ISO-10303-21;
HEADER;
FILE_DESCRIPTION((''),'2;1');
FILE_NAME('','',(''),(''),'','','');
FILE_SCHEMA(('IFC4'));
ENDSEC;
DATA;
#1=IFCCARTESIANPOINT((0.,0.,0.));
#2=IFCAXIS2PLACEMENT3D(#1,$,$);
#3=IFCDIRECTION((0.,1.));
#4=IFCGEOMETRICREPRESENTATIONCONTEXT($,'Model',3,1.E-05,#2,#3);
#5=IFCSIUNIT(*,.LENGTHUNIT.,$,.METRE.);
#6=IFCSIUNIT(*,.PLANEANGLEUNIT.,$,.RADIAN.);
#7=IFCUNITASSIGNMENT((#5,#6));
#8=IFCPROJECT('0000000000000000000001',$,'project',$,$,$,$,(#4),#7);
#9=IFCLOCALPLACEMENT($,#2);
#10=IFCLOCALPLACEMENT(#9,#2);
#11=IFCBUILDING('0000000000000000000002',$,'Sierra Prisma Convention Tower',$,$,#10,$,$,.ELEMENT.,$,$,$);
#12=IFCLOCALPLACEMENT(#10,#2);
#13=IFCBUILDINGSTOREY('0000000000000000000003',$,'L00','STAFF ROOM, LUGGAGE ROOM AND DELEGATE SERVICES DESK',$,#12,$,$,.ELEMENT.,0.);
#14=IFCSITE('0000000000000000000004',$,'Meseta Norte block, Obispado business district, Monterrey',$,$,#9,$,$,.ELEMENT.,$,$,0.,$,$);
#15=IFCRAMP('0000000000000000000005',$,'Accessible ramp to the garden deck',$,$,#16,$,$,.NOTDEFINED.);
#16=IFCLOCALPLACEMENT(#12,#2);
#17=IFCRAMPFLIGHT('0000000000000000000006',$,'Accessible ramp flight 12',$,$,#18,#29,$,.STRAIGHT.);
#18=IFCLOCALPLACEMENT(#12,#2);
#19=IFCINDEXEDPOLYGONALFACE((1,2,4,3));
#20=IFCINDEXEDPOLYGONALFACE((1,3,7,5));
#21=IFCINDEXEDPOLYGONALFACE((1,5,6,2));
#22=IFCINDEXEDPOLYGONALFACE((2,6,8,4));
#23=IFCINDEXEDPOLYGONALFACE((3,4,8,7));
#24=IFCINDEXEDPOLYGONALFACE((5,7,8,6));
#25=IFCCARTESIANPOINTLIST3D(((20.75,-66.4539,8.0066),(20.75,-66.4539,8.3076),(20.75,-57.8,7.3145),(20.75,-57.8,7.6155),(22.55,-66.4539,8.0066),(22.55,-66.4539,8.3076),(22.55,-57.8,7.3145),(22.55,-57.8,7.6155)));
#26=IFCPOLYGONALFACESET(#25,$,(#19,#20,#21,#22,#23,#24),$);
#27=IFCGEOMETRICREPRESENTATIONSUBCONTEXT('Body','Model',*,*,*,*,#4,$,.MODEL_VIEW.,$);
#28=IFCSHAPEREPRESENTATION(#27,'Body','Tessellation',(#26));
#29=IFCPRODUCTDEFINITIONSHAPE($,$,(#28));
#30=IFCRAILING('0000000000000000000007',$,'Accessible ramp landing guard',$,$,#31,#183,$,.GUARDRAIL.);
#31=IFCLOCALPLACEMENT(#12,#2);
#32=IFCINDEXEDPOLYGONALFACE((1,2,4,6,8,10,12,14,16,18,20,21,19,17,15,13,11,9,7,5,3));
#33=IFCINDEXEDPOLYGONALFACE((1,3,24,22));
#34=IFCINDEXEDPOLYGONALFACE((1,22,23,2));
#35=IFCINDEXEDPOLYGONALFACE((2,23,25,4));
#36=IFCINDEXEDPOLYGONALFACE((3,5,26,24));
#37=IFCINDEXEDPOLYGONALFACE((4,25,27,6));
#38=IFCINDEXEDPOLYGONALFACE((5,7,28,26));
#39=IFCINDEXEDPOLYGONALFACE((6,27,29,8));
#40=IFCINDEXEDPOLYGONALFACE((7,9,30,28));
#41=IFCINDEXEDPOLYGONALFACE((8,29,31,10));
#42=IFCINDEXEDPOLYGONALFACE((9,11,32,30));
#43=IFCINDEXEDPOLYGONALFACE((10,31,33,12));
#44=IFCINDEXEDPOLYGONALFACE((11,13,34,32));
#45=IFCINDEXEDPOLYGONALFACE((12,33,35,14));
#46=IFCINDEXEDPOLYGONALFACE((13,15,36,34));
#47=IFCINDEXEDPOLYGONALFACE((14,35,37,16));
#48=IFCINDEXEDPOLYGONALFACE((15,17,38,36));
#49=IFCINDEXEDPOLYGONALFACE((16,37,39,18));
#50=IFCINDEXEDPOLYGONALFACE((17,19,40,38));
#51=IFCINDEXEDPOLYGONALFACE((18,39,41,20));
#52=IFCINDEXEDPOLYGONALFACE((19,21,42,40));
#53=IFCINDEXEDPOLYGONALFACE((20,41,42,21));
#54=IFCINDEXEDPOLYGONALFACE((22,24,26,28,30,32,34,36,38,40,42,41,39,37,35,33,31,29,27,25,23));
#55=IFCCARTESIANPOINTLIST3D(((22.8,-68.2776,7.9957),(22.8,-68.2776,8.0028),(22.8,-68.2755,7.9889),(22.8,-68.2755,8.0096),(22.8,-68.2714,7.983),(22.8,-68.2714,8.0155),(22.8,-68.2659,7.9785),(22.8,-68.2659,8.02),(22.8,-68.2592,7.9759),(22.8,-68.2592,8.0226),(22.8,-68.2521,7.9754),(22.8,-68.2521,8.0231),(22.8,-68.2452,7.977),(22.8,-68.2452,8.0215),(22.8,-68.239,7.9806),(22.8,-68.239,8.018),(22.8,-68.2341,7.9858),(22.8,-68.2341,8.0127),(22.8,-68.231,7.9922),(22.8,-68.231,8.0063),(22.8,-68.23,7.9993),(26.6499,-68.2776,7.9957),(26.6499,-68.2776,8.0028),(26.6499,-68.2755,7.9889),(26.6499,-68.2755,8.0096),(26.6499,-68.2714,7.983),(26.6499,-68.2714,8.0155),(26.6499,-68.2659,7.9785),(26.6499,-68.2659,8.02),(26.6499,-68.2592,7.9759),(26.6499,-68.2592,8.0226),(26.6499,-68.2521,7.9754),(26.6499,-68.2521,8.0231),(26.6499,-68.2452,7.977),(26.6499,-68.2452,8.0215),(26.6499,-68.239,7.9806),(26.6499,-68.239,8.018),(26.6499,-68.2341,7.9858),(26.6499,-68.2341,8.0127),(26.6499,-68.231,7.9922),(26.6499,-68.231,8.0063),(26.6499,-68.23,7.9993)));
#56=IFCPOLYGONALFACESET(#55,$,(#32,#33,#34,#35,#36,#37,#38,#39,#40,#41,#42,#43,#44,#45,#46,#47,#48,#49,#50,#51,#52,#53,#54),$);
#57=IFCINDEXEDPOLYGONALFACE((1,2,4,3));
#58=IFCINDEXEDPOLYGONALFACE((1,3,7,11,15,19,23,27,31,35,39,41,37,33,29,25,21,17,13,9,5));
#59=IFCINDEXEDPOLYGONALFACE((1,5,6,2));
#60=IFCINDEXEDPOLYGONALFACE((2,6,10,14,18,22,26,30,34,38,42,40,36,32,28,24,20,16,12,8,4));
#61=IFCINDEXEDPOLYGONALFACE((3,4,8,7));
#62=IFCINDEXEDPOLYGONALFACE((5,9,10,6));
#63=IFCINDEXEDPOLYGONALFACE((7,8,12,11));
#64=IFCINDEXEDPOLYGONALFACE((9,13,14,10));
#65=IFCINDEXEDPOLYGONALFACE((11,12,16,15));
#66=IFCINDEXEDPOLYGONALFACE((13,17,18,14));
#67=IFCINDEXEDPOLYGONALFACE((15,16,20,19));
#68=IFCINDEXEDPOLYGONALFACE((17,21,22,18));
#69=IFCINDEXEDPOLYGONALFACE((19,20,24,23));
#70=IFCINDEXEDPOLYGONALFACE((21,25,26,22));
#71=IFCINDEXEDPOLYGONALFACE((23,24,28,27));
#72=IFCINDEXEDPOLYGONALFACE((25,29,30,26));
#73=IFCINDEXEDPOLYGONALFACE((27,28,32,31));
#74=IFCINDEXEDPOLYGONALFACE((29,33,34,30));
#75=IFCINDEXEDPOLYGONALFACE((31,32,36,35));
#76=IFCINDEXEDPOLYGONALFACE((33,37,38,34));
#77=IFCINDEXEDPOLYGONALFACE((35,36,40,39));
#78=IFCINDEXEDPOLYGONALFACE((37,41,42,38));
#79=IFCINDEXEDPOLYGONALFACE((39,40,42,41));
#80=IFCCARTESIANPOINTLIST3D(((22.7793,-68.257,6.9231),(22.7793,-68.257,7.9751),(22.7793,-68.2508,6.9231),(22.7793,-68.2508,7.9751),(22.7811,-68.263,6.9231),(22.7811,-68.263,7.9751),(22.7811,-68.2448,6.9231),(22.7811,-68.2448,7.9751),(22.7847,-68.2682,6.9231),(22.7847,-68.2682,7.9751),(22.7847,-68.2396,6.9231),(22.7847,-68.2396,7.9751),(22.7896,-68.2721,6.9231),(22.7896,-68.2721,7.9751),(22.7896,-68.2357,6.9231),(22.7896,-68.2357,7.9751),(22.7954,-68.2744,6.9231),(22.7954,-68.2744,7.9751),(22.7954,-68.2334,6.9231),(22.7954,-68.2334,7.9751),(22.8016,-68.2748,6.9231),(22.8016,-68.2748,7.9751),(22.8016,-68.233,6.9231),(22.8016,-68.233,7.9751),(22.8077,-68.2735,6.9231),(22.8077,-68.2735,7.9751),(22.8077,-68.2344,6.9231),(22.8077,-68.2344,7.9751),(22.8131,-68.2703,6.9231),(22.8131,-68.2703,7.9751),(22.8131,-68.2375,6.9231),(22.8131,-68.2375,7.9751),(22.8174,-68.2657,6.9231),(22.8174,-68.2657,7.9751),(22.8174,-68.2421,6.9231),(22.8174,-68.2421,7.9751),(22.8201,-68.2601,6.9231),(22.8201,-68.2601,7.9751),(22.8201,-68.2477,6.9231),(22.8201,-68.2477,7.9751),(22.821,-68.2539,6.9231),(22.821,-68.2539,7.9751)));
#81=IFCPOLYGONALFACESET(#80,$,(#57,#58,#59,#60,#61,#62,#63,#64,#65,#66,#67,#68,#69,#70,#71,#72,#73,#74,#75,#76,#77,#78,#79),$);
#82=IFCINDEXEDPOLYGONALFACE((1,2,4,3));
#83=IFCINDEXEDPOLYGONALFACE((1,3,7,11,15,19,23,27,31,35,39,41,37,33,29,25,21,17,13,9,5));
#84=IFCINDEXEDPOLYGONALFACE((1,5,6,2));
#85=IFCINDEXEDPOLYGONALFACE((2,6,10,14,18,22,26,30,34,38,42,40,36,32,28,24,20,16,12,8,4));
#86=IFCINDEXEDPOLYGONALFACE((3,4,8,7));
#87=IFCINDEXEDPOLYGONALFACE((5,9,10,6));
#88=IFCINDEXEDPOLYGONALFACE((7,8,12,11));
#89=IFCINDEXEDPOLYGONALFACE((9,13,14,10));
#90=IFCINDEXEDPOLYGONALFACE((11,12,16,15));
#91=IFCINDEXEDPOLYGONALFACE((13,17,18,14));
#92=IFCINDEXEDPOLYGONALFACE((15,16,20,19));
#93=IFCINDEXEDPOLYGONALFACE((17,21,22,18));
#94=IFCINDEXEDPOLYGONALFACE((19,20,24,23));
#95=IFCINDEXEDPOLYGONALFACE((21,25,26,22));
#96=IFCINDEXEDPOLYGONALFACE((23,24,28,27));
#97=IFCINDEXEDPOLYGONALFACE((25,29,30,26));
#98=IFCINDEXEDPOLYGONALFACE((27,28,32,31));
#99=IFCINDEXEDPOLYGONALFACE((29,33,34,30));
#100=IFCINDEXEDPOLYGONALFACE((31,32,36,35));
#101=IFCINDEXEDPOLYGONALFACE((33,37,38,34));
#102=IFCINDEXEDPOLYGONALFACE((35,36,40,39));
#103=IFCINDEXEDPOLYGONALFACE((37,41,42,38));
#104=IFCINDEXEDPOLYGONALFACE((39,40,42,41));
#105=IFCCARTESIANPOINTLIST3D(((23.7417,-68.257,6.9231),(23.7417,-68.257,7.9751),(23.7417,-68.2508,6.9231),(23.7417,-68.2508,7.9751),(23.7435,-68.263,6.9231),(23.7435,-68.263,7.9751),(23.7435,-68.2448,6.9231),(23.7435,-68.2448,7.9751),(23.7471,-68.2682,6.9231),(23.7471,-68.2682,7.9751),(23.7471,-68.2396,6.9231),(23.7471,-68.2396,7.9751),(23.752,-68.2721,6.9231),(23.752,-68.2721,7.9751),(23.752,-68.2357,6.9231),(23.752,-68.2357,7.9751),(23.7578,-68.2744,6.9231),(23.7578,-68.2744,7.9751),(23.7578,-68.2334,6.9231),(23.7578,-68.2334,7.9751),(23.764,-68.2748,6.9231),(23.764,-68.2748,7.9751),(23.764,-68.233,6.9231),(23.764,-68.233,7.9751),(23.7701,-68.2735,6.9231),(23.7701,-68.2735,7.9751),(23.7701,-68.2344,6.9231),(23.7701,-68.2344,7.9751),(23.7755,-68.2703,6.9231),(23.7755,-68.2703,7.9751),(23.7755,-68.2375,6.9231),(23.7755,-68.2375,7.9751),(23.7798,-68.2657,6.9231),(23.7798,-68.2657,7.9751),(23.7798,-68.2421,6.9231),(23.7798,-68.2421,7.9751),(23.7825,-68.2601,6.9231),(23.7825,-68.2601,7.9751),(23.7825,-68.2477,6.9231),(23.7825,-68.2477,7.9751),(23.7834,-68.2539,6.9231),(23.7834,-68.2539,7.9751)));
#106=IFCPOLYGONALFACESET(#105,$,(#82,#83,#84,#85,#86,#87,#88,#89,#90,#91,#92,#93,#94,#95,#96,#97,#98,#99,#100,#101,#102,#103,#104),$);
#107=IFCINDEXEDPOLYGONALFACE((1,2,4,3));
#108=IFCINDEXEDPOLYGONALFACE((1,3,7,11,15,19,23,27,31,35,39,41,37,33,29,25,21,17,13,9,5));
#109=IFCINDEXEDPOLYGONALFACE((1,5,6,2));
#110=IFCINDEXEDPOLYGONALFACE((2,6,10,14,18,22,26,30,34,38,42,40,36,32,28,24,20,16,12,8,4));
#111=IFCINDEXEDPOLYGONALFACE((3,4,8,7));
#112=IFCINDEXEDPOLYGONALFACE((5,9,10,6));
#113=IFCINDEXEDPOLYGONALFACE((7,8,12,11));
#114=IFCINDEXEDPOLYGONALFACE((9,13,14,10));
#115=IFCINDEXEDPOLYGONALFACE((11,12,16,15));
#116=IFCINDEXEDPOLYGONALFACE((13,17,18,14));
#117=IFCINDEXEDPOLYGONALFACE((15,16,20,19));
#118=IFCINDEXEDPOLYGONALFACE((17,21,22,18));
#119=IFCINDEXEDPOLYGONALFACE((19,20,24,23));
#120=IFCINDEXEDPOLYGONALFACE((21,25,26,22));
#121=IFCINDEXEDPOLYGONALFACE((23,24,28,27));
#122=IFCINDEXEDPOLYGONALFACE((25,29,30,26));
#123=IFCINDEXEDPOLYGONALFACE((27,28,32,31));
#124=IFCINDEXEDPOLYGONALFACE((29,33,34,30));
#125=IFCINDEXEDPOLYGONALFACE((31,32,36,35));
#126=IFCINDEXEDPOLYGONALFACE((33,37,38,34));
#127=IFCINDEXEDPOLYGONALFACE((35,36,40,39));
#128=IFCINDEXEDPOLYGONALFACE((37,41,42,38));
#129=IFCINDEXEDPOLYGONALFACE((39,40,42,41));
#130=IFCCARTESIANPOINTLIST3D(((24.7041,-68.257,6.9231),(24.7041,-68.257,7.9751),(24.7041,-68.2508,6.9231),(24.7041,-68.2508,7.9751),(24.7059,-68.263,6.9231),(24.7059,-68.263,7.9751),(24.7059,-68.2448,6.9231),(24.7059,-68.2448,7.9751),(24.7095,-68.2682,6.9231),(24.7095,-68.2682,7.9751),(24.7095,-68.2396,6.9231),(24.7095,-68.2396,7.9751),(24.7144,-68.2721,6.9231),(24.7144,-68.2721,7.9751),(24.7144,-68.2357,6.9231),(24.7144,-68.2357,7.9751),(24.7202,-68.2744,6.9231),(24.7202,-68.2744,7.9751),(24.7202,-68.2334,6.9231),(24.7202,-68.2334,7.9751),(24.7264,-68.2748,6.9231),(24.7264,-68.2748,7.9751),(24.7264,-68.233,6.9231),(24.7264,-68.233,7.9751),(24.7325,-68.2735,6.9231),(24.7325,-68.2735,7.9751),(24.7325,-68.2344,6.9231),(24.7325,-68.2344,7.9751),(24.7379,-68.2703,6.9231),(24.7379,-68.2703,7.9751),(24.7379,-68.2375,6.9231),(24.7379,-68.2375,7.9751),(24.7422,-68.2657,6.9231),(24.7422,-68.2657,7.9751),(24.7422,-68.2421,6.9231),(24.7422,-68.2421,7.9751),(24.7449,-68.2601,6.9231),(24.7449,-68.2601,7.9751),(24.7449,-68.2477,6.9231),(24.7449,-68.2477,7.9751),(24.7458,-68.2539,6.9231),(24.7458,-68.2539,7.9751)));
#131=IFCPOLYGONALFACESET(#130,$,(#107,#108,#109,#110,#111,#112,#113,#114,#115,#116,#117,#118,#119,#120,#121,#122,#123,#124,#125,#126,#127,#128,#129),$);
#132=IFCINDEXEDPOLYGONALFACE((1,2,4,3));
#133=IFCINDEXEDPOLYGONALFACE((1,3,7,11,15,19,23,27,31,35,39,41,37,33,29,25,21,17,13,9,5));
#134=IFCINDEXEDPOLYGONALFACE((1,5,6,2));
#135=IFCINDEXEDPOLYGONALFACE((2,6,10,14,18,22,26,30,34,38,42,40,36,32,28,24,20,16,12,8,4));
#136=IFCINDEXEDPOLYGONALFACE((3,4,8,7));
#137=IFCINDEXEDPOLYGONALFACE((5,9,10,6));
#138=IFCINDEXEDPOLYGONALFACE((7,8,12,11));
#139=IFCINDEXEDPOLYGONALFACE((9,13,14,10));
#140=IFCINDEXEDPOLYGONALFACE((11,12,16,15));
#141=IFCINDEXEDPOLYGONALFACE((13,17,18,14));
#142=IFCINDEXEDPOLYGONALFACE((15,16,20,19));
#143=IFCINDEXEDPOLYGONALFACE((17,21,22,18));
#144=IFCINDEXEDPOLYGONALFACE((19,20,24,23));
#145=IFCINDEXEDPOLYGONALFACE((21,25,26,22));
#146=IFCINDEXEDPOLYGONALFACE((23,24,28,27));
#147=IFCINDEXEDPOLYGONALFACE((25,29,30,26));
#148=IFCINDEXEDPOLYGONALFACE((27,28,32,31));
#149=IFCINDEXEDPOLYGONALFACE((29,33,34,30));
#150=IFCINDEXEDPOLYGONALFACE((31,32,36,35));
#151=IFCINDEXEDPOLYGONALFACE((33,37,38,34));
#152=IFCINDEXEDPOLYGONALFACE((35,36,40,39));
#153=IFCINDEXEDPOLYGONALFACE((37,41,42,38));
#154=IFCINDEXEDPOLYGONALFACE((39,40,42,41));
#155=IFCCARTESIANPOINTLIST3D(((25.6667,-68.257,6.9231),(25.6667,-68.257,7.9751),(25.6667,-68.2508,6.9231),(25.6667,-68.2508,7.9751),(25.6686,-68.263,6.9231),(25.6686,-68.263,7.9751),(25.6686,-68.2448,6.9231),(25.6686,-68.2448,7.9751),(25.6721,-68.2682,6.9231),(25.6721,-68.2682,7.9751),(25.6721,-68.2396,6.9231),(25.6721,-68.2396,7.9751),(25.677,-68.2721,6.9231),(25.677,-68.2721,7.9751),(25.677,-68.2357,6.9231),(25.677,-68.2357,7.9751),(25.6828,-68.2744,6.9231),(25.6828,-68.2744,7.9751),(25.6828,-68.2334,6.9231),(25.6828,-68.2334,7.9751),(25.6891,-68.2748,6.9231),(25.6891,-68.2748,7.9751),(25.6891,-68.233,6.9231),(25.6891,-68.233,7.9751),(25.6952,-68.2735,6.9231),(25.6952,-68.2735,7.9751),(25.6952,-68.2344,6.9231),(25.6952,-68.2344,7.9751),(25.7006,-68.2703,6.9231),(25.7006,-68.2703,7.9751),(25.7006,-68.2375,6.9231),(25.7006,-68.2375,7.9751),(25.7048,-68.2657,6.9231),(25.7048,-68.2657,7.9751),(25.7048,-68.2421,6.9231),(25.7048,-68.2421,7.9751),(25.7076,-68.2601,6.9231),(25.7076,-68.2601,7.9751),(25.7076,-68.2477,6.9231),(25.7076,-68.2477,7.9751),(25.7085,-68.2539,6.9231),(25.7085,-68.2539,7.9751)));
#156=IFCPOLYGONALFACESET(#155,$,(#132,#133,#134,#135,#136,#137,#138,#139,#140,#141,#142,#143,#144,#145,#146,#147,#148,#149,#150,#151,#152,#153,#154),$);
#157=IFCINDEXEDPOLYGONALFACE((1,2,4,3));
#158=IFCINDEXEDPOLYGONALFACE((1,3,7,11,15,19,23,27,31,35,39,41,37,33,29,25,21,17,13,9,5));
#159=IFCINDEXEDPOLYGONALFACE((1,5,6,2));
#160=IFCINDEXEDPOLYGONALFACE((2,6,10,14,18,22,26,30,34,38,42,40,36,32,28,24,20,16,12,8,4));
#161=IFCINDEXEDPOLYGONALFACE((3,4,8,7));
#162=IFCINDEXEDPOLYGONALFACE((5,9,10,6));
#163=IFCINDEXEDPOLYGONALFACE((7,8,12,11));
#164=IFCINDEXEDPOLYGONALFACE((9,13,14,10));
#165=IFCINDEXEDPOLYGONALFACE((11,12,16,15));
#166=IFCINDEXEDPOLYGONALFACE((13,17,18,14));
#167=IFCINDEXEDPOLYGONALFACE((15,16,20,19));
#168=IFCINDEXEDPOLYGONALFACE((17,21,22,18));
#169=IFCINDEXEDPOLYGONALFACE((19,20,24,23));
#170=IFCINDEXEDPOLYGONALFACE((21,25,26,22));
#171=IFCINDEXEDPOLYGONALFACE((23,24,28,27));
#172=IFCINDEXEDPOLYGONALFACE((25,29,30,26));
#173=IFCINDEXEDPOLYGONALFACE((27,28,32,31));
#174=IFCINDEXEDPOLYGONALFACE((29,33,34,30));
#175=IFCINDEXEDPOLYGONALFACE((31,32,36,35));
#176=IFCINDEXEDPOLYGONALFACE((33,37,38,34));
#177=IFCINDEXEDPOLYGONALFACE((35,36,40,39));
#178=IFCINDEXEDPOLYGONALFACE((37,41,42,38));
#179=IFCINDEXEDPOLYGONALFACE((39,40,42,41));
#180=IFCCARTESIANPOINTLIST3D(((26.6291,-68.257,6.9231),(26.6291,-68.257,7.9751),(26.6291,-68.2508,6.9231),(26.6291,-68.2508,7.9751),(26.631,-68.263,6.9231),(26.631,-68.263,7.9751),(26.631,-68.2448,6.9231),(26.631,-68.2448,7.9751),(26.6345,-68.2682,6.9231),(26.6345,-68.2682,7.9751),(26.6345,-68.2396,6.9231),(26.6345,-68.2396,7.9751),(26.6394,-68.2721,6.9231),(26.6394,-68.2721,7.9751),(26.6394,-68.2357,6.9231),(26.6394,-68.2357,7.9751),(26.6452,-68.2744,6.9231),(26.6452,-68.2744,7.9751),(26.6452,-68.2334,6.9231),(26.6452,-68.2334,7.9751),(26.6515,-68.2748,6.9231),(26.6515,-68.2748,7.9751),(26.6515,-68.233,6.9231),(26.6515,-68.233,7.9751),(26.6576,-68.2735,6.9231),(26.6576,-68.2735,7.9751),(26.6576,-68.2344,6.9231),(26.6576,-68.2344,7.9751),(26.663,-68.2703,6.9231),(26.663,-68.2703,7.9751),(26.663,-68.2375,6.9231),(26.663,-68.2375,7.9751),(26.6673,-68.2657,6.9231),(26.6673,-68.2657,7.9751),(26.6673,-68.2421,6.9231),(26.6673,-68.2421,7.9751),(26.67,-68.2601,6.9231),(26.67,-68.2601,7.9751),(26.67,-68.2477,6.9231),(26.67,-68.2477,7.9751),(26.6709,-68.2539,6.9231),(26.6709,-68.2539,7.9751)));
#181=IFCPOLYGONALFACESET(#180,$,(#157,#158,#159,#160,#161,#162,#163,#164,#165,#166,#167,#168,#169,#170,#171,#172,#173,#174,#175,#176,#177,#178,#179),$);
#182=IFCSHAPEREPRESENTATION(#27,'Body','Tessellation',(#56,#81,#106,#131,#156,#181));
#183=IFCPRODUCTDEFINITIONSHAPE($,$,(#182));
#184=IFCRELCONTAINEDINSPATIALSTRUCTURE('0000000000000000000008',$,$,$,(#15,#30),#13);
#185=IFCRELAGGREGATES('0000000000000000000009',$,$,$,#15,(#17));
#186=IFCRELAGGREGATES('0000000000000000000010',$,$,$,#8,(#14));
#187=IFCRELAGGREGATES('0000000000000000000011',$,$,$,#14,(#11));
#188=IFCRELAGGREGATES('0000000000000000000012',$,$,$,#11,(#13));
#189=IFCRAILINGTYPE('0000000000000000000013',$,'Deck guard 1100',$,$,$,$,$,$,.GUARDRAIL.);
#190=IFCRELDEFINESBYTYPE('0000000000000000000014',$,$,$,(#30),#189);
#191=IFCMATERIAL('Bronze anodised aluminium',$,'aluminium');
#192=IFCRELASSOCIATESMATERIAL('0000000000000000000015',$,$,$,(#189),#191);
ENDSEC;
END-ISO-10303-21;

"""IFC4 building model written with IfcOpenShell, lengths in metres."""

from ifc_helpers import new_model, si_unit, direction, frame, origin, origin_2d, place, context, subcontext, project, spatial, polyline, circle, outline, extrude, material, type_object, element, aggregate, save


model = new_model("IFC4")

# Units and contexts
model_context = context("Model", 3, precision=1e-05, world=origin(), true_north=direction((0.0, 1.0)))
body_context = subcontext(model_context, "Body", "Model", "MODEL_VIEW")
ifc_project = project(units=[si_unit("LENGTHUNIT", "METRE"), si_unit("PLANEANGLEUNIT", "RADIAN")], contexts=[model_context])

# Site, building, storey
site_placement = place(None, origin())
site = spatial("IfcSite", under=ifc_project, at=site_placement, Name="Meseta Norte block, Obispado business district, Monterrey", CompositionType="ELEMENT", RefElevation=0.0)
building_placement = place(site_placement, origin())
building = spatial("IfcBuilding", under=site, at=building_placement, Name="Sierra Prisma Convention Tower", CompositionType="ELEMENT")
storey_placement = place(building_placement, origin())
storey = spatial("IfcBuildingStorey", under=building, at=storey_placement, Name="L00", Description="STAFF ROOM, LUGGAGE ROOM AND DELEGATE SERVICES DESK", CompositionType="ELEMENT", Elevation=0.0)

# Ramp, ramp flight
ramp_placement = place(storey_placement, origin())
ramp = element("IfcRamp", 1, at=ramp_placement, inside=storey, Name="Accessible ramp to the garden deck", PredefinedType="NOTDEFINED")
ramp_flight_1_placement = place(storey_placement, frame((20.75, -66.4539, 8.3076), z_axis=(0.0, 0.0, 1.0), x_axis=(0.0, 1.0, 0.0)))
ramp_flight_1 = element("IfcRampFlight", 2, at=ramp_flight_1_placement, Name="Accessible ramp flight 12", PredefinedType="STRAIGHT", context=body_context, shape_type="SweptSolid", body=[
    extrude(outline(polyline([(0.0, -0.301), (8.6538, -0.9932), (8.6538, -0.6921), (0.0, 0.0), (0.0, -0.301)])), frame((0.0, 0.0, 0.0), z_axis=(0.0, -1.0, 0.0), x_axis=(1.0, 0.0, 0.0)), (0.0, 0.0, 1.0), 1.8),
])
aggregate(ramp, [ramp_flight_1])

# Railing
ifc_material_1 = material(Name="Bronze anodised aluminium", Category="aluminium")
railing_type_1 = type_object("IfcRailingType", Name="Deck guard 1100", PredefinedType="GUARDRAIL", material=ifc_material_1)
railing_1_placement = place(storey_placement, frame((22.8, -68.2539, 6.9231)))
element("IfcRailing", 3, at=railing_1_placement, inside=storey, type_object=railing_type_1, Name="Accessible ramp landing guard", PredefinedType="GUARDRAIL", context=body_context, shape_type="SweptSolid", body=[
    extrude(circle(Radius=0.0239, at=origin_2d()), frame((0.0, 0.0, 1.0762), z_axis=(1.0, 0.0, 0.0), x_axis=(0.0, 1.0, 0.0)), (0.0, 0.0, 1.0), 3.8499),
    extrude(circle(Radius=0.021, at=origin_2d()), origin(), (0.0, 0.0, 1.0), 1.052),
    extrude(circle(Radius=0.021, at=origin_2d()), frame((0.9624, 0.0, 0.0)), (0.0, 0.0, 1.0), 1.052),
    extrude(circle(Radius=0.021, at=origin_2d()), frame((1.9248, 0.0, 0.0)), (0.0, 0.0, 1.0), 1.052),
    extrude(circle(Radius=0.021, at=origin_2d()), frame((2.8875, 0.0, 0.0)), (0.0, 0.0, 1.0), 1.052),
    extrude(circle(Radius=0.021, at=origin_2d()), frame((3.8499, 0.0, 0.0)), (0.0, 0.0, 1.0), 1.052),
])

save(model, "model.ifc")
